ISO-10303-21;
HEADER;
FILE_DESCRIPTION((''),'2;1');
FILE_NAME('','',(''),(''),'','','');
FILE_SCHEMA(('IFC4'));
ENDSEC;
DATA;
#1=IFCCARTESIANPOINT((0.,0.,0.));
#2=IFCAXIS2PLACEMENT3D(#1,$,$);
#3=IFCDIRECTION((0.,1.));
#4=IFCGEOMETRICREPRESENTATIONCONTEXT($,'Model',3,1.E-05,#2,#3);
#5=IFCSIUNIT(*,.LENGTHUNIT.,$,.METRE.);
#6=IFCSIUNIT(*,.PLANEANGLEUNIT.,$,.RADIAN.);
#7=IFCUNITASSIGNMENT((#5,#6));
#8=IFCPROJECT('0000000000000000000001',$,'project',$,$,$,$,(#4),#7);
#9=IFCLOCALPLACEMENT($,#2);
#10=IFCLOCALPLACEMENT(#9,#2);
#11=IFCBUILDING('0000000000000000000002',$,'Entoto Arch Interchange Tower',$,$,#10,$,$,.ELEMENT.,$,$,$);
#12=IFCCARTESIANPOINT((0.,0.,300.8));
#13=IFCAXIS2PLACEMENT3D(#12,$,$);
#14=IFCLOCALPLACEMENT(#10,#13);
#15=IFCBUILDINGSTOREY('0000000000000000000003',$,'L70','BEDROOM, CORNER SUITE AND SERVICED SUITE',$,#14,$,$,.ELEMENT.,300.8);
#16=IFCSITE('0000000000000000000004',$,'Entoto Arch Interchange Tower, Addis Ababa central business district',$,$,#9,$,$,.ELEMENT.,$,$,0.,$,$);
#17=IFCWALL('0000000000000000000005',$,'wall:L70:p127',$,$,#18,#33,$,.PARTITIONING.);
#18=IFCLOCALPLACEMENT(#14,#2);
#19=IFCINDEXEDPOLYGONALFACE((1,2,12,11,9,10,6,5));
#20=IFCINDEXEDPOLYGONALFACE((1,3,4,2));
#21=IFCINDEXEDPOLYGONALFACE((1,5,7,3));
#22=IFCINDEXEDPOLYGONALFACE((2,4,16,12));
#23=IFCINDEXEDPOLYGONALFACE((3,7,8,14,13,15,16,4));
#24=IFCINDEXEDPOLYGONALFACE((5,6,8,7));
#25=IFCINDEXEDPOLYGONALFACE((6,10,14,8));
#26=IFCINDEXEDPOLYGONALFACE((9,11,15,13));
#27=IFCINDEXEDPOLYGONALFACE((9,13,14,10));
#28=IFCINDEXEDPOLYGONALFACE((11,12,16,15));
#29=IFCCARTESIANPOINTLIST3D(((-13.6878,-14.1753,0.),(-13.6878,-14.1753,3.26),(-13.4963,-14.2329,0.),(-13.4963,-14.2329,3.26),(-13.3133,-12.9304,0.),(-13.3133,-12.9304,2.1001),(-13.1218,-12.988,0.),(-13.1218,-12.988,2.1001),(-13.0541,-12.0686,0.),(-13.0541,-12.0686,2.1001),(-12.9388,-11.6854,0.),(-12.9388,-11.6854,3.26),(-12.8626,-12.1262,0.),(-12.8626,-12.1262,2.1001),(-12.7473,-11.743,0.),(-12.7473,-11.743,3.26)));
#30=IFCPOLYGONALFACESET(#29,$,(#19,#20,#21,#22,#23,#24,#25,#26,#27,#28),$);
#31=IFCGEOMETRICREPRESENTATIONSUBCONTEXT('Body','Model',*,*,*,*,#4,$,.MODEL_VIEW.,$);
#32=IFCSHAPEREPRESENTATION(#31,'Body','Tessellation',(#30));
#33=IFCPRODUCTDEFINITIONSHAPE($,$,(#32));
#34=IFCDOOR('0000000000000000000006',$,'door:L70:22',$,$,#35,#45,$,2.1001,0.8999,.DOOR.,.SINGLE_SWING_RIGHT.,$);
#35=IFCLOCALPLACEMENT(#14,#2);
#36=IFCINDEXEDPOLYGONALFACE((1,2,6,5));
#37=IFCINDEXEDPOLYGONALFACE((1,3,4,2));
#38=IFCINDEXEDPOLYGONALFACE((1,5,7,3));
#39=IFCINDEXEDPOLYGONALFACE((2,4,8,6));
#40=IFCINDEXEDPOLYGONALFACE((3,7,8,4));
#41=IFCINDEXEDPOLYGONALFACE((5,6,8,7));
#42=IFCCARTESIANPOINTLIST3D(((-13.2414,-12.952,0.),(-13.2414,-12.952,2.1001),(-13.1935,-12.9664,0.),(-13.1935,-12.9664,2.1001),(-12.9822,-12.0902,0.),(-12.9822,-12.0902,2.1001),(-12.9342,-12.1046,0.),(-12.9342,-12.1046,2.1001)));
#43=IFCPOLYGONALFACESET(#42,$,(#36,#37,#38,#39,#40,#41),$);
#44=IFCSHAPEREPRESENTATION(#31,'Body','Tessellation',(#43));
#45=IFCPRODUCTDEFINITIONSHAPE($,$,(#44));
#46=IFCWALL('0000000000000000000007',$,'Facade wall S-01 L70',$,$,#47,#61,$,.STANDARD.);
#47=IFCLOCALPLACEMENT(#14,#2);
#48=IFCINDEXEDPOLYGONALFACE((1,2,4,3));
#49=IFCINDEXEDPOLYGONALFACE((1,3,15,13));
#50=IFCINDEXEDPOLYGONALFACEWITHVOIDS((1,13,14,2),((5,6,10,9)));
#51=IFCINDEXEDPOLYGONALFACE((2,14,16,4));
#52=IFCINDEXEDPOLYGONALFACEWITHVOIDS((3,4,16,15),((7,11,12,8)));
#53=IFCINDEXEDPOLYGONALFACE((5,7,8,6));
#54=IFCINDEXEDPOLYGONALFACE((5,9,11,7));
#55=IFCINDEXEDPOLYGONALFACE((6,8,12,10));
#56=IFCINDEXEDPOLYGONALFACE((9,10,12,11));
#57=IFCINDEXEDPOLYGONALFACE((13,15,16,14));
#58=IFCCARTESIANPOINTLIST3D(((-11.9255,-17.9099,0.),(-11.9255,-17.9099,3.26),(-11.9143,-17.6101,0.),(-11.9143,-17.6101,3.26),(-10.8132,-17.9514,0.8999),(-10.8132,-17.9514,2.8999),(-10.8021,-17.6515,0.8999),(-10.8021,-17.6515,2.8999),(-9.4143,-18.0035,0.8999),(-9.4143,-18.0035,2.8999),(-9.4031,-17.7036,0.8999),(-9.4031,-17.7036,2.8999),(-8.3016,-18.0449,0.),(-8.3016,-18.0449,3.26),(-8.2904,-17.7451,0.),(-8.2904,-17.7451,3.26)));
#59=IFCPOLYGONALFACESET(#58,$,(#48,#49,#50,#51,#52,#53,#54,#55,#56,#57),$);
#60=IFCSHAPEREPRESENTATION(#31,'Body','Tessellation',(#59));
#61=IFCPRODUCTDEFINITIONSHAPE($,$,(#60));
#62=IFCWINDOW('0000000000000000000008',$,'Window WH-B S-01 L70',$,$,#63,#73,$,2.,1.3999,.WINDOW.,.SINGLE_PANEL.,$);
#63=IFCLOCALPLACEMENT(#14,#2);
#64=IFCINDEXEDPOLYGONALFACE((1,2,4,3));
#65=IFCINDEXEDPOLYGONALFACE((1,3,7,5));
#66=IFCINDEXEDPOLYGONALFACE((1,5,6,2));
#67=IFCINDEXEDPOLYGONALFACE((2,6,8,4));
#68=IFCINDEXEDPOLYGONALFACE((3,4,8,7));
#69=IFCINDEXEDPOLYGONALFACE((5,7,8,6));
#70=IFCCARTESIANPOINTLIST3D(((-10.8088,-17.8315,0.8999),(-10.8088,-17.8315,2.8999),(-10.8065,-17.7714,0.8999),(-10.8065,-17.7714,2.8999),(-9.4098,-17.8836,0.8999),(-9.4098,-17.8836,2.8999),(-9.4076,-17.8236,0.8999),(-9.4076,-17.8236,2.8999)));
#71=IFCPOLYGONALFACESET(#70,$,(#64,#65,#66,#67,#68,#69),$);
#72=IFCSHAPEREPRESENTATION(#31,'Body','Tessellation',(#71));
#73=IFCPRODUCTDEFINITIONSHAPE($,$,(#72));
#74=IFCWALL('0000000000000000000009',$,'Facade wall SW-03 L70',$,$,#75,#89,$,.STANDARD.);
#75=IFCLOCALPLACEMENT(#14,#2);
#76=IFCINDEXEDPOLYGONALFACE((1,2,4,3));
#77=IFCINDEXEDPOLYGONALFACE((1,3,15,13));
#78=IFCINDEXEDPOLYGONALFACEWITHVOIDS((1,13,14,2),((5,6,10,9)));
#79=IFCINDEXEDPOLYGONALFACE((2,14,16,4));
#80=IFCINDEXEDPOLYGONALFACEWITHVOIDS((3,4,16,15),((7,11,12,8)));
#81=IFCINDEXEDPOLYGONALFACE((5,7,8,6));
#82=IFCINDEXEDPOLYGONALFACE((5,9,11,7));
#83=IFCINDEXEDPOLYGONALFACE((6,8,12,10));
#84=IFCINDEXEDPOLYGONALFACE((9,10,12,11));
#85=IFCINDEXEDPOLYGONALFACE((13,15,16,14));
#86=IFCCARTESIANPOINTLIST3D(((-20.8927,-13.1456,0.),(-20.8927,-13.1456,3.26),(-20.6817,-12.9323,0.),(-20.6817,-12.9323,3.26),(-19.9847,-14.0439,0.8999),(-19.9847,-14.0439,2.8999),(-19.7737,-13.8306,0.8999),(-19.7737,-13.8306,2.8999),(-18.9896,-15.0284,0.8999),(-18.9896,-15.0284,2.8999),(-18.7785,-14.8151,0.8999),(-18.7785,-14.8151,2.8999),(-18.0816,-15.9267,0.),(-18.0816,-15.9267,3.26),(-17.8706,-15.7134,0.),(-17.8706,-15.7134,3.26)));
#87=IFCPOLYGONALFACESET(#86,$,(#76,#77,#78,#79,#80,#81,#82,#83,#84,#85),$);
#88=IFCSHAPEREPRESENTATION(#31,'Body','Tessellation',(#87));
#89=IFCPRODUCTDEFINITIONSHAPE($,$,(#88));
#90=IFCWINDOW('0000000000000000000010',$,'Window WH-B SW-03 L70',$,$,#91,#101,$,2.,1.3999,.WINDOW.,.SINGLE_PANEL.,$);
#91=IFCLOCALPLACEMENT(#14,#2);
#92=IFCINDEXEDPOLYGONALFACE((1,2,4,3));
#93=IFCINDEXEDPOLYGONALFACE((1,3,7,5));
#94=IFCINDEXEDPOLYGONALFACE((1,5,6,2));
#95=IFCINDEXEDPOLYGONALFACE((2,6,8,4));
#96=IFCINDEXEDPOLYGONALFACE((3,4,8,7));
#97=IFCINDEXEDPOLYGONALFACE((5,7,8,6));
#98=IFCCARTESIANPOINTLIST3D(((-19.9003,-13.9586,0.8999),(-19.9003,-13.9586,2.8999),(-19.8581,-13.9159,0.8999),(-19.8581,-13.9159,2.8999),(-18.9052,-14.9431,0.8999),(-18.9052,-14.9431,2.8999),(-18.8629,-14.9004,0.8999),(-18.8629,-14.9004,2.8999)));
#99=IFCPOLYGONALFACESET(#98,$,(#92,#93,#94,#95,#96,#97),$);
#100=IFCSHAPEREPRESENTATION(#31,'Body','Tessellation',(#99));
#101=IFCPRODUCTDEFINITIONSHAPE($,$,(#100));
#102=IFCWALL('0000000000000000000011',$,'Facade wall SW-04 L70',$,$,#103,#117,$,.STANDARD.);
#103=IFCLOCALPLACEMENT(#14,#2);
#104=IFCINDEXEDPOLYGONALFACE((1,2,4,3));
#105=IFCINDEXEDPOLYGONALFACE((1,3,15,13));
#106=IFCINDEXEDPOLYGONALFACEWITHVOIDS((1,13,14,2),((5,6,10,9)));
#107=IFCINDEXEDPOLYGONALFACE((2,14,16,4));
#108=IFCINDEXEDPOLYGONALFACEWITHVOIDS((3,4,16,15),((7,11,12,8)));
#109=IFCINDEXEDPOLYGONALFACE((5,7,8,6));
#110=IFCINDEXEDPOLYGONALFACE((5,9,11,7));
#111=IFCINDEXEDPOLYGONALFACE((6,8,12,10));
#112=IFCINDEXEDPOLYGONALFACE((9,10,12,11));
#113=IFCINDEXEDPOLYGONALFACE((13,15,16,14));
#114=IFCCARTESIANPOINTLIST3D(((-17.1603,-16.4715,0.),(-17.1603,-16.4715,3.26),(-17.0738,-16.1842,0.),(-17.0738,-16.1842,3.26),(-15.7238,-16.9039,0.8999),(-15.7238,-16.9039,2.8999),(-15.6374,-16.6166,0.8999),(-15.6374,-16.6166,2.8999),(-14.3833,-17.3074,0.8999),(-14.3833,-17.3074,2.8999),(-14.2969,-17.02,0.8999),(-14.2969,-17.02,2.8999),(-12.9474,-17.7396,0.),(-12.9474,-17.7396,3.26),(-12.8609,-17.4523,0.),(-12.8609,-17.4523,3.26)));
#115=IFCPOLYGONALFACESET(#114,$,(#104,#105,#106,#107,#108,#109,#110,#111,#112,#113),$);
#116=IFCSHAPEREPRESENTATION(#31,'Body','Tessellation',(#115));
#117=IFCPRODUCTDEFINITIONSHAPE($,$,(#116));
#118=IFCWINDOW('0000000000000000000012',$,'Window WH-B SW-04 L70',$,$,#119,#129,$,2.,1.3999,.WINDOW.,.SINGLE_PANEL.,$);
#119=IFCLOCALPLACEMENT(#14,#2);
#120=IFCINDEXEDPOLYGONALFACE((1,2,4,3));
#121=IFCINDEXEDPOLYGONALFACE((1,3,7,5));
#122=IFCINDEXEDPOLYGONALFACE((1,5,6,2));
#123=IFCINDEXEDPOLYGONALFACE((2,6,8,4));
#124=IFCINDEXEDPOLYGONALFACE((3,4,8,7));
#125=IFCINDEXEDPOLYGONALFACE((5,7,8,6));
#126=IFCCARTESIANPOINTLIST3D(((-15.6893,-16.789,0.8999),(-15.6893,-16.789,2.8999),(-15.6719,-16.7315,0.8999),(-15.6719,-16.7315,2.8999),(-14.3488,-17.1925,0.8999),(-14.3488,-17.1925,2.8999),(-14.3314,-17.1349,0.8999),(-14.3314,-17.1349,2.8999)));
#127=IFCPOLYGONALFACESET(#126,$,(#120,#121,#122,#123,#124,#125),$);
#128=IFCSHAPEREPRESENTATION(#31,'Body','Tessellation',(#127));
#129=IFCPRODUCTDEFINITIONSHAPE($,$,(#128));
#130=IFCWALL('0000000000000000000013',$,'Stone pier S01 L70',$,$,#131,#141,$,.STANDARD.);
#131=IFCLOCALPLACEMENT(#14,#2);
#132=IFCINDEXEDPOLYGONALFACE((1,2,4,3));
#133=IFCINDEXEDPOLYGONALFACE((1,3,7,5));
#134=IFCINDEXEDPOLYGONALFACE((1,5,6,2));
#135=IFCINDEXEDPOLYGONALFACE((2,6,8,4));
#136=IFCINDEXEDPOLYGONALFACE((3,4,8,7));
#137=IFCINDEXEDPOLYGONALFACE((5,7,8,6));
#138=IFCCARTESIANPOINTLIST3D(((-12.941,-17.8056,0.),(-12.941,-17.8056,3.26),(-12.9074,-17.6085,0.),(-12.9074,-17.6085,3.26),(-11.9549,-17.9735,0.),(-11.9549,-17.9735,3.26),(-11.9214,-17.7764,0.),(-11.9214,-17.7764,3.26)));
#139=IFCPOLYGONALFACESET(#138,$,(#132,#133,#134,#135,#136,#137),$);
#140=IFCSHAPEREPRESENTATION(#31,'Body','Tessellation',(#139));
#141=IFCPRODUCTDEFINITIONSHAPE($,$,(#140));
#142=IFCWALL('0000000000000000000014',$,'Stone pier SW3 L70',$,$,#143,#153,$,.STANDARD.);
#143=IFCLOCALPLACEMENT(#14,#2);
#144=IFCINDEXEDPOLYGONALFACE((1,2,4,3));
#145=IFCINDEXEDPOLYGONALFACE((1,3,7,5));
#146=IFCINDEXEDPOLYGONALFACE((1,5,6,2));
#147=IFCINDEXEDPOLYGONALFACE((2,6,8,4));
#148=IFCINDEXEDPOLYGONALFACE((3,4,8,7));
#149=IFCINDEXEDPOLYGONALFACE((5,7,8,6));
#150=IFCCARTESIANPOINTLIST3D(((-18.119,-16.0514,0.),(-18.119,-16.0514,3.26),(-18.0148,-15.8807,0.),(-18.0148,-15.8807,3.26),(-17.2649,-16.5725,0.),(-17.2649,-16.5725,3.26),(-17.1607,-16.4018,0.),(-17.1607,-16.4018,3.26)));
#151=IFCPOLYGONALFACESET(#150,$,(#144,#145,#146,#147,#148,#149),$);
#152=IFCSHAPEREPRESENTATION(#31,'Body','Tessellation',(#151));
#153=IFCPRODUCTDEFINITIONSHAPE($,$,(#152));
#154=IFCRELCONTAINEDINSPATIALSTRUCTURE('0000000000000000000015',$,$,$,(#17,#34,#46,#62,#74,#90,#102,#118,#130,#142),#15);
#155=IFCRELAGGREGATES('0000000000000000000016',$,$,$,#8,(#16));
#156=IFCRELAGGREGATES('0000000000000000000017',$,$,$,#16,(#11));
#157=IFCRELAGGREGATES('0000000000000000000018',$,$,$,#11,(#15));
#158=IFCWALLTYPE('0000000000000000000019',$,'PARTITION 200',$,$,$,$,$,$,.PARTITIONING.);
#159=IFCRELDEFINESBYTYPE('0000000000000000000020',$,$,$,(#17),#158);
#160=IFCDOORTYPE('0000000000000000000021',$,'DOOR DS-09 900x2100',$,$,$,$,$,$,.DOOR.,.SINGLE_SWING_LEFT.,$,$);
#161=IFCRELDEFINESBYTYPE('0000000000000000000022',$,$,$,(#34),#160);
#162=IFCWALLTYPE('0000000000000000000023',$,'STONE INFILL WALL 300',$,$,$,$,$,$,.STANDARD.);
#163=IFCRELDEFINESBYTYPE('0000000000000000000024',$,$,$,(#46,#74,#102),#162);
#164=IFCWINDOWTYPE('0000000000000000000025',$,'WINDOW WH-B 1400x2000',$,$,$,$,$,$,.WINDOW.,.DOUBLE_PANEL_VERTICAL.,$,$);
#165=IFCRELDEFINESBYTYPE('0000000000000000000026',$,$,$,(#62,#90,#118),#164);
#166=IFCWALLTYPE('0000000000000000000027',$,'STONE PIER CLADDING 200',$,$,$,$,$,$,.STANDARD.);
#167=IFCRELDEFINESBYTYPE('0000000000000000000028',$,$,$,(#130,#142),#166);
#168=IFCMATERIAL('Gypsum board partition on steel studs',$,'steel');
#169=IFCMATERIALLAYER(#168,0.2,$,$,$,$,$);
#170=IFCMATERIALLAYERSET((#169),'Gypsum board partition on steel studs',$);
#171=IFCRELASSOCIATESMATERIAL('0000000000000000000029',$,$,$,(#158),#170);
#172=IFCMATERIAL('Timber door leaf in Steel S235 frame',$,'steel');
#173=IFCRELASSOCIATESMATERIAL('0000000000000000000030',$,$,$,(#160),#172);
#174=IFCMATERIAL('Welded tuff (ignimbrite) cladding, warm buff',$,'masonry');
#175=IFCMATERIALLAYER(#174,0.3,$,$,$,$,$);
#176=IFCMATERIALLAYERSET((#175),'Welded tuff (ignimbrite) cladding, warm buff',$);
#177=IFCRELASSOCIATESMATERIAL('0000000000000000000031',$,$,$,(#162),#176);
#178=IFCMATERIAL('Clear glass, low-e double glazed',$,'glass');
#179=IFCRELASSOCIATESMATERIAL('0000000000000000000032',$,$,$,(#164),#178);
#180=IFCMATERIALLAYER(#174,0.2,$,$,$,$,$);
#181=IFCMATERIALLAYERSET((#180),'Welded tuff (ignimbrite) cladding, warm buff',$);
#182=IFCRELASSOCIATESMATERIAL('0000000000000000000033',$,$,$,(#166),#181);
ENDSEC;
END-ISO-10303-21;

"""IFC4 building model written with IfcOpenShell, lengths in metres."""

from ifc_helpers import new_model, si_unit, direction, frame, frame_2d, origin, place, context, subcontext, project, spatial, rectangle, extrude, material, layer, layer_set, type_object, element, fill, save


model = new_model("IFC4")

# Units and contexts
model_context = context("Model", 3, precision=1e-05, world=origin(), true_north=direction((0.0, 1.0)))
body_context = subcontext(model_context, "Body", "Model", "MODEL_VIEW")
ifc_project = project(units=[si_unit("LENGTHUNIT", "METRE"), si_unit("PLANEANGLEUNIT", "RADIAN")], contexts=[model_context])

# Site, building, storey
site_placement = place(None, origin())
site = spatial("IfcSite", under=ifc_project, at=site_placement, Name="Entoto Arch Interchange Tower, Addis Ababa central business district", CompositionType="ELEMENT", RefElevation=0.0)
building_placement = place(site_placement, origin())
building = spatial("IfcBuilding", under=site, at=building_placement, Name="Entoto Arch Interchange Tower", CompositionType="ELEMENT")
storey_placement = place(building_placement, frame((0.0, 0.0, 300.8)))
storey = spatial("IfcBuildingStorey", under=building, at=storey_placement, Name="L70", Description="BEDROOM, CORNER SUITE AND SERVICED SUITE", CompositionType="ELEMENT", Elevation=300.8)

# Shared definitions
ifc_material_1 = material(Name="Gypsum board partition on steel studs", Category="steel")

# Shared definitions
ifc_layer_1 = layer(ifc_material_1, 0.2)
ifc_layer_set_1 = layer_set([ifc_layer_1], Name="Gypsum board partition on steel studs")
wall_type_1 = type_object("IfcWallType", Name="PARTITION 200", PredefinedType="PARTITIONING", material=ifc_layer_set_1)
ifc_material_2 = material(Name="Timber door leaf in Steel S235 frame", Category="steel")

# Wall, opening, door
wall_1_placement = place(storey_placement, frame((-13.592, -14.2041, 0.0), z_axis=(0.0, 0.0, 1.0), x_axis=(0.288063, 0.957612, 0.0)))
wall_1 = element("IfcWall", 1, at=wall_1_placement, inside=storey, type_object=wall_type_1, Name="wall:L70:p127", PredefinedType="PARTITIONING", context=body_context, shape_type="SweptSolid", body=[
    extrude(rectangle(XDim=2.6001, YDim=0.2, at=frame_2d((1.3, 0.0))), origin(), (0.0, 0.0, 1.0), 3.26),
])
opening_1_placement = place(wall_1_placement, frame((1.3, 0.0, 0.0)))
opening_1 = element("IfcOpeningElement", 2, at=opening_1_placement, cuts=wall_1, PredefinedType="OPENING", context=body_context, shape_type="SweptSolid", body=[
    extrude(rectangle(XDim=0.8999, YDim=2.1001, at=frame_2d((0.45, 1.05))), frame((0.0, 0.1099, 0.0), z_axis=(0.0, -1.0, 0.0), x_axis=(1.0, 0.0, 0.0)), (0.0, 0.0, 1.0), 0.22),
])
door_type_1 = type_object("IfcDoorType", Name="DOOR DS-09 900x2100", OperationType="SINGLE_SWING_LEFT", PredefinedType="DOOR", material=ifc_material_2)
door_1_placement = place(opening_1_placement, origin())
door_1 = element("IfcDoor", 3, at=door_1_placement, inside=storey, type_object=door_type_1, Name="door:L70:22", OperationType="SINGLE_SWING_RIGHT", OverallHeight=2.1001, OverallWidth=0.8999, PredefinedType="DOOR", context=body_context, shape_type="SweptSolid", body=[
    extrude(rectangle(XDim=0.8999, YDim=2.1001, at=frame_2d((0.45, 1.05))), frame((0.0, 0.0249, 0.0), z_axis=(0.0, -1.0, 0.0), x_axis=(1.0, 0.0, 0.0)), (0.0, 0.0, 1.0), 0.05),
])
fill(opening_1, door_1)

# Walls, openings, windows
ifc_material_3 = material(Name="Welded tuff (ignimbrite) cladding, warm buff", Category="masonry")
ifc_layer_2 = layer(ifc_material_3, 0.3)
ifc_layer_set_2 = layer_set([ifc_layer_2], Name="Welded tuff (ignimbrite) cladding, warm buff")
wall_type_2 = type_object("IfcWallType", Name="STONE INFILL WALL 300", PredefinedType="STANDARD", material=ifc_layer_set_2)
wall_2_placement = place(storey_placement, frame((-11.9199, -17.76, 0.0), z_axis=(0.0, 0.0, 1.0), x_axis=(0.999307, -0.037228, 0.0)))
wall_2 = element("IfcWall", 4, at=wall_2_placement, inside=storey, type_object=wall_type_2, Name="Facade wall S-01 L70", PredefinedType="STANDARD", context=body_context, shape_type="SweptSolid", body=[
    extrude(rectangle(XDim=3.6265, YDim=0.3, at=frame_2d((1.8132, 0.0))), origin(), (0.0, 0.0, 1.0), 3.26),
])
opening_2_placement = place(wall_2_placement, frame((1.113, 0.0, 0.8999)))
opening_2 = element("IfcOpeningElement", 5, at=opening_2_placement, cuts=wall_2, PredefinedType="OPENING", context=body_context, shape_type="SweptSolid", body=[
    extrude(rectangle(XDim=1.3999, YDim=2.0, at=frame_2d((0.7, 1.0))), frame((0.0, 0.1602, 0.0), z_axis=(0.0, -1.0, 0.0), x_axis=(1.0, 0.0, 0.0)), (0.0, 0.0, 1.0), 0.3201),
])
ifc_material_4 = material(Name="Clear glass, low-e double glazed", Category="glass")
window_type = type_object("IfcWindowType", Name="WINDOW WH-B 1400x2000", PartitioningType="DOUBLE_PANEL_VERTICAL", PredefinedType="WINDOW", material=ifc_material_4)
window_1_placement = place(opening_2_placement, origin())
window_1 = element("IfcWindow", 6, at=window_1_placement, inside=storey, type_object=window_type, Name="Window WH-B S-01 L70", OverallHeight=2.0, OverallWidth=1.3999, PartitioningType="SINGLE_PANEL", PredefinedType="WINDOW", context=body_context, shape_type="SweptSolid", body=[
    extrude(rectangle(XDim=1.3999, YDim=2.0, at=frame_2d((0.7, 1.0))), frame((0.0, 0.03, 0.0), z_axis=(0.0, -1.0, 0.0), x_axis=(1.0, 0.0, 0.0)), (0.0, 0.0, 1.0), 0.0601),
])
fill(opening_2, window_1)
wall_3_placement = place(storey_placement, frame((-20.7871, -13.0391, 0.0), z_axis=(0.0, 0.0, 1.0), x_axis=(0.710894, -0.703299, 0.0)))
wall_3 = element("IfcWall", 7, at=wall_3_placement, inside=storey, type_object=wall_type_2, Name="Facade wall SW-03 L70", PredefinedType="STANDARD", context=body_context, shape_type="SweptSolid", body=[
    extrude(rectangle(XDim=3.9543, YDim=0.3, at=frame_2d((1.9771, 0.0))), origin(), (0.0, 0.0, 1.0), 3.26),
])
opening_3_placement = place(wall_3_placement, frame((1.2771, 0.0, 0.8999)))
opening_3 = element("IfcOpeningElement", 8, at=opening_3_placement, cuts=wall_3, PredefinedType="OPENING", context=body_context, shape_type="SweptSolid", body=[
    extrude(rectangle(XDim=1.3999, YDim=2.0, at=frame_2d((0.7, 1.0))), frame((0.0, 0.1602, 0.0), z_axis=(0.0, -1.0, 0.0), x_axis=(1.0, 0.0, 0.0)), (0.0, 0.0, 1.0), 0.3201),
])
window_2_placement = place(opening_3_placement, origin())
window_2 = element("IfcWindow", 9, at=window_2_placement, inside=storey, type_object=window_type, Name="Window WH-B SW-03 L70", OverallHeight=2.0, OverallWidth=1.3999, PartitioningType="SINGLE_PANEL", PredefinedType="WINDOW", context=body_context, shape_type="SweptSolid", body=[
    extrude(rectangle(XDim=1.3999, YDim=2.0, at=frame_2d((0.7, 1.0))), frame((0.0, 0.03, 0.0), z_axis=(0.0, -1.0, 0.0), x_axis=(1.0, 0.0, 0.0)), (0.0, 0.0, 1.0), 0.0601),
])
fill(opening_3, window_2)
wall_4_placement = place(storey_placement, frame((-17.1169, -16.3279, 0.0), z_axis=(0.0, 0.0, 1.0), x_axis=(0.957563, -0.288223, 0.0)))
wall_4 = element("IfcWall", 10, at=wall_4_placement, inside=storey, type_object=wall_type_2, Name="Facade wall SW-04 L70", PredefinedType="STANDARD", context=body_context, shape_type="SweptSolid", body=[
    extrude(rectangle(XDim=4.3997, YDim=0.3, at=frame_2d((2.1997, 0.0))), origin(), (0.0, 0.0, 1.0), 3.26),
])
opening_4_placement = place(wall_4_placement, frame((1.5, 0.0, 0.8999)))
opening_4 = element("IfcOpeningElement", 11, at=opening_4_placement, cuts=wall_4, PredefinedType="OPENING", context=body_context, shape_type="SweptSolid", body=[
    extrude(rectangle(XDim=1.3999, YDim=2.0, at=frame_2d((0.7, 1.0))), frame((0.0, 0.1602, 0.0), z_axis=(0.0, -1.0, 0.0), x_axis=(1.0, 0.0, 0.0)), (0.0, 0.0, 1.0), 0.3201),
])
window_3_placement = place(opening_4_placement, origin())
window_3 = element("IfcWindow", 12, at=window_3_placement, inside=storey, type_object=window_type, Name="Window WH-B SW-04 L70", OverallHeight=2.0, OverallWidth=1.3999, PartitioningType="SINGLE_PANEL", PredefinedType="WINDOW", context=body_context, shape_type="SweptSolid", body=[
    extrude(rectangle(XDim=1.3999, YDim=2.0, at=frame_2d((0.7, 1.0))), frame((0.0, 0.03, 0.0), z_axis=(0.0, -1.0, 0.0), x_axis=(1.0, 0.0, 0.0)), (0.0, 0.0, 1.0), 0.0601),
])
fill(opening_4, window_3)

# Walls
ifc_layer_3 = layer(ifc_material_3, 0.2)
ifc_layer_set_3 = layer_set([ifc_layer_3], Name="Welded tuff (ignimbrite) cladding, warm buff")
wall_type_3 = type_object("IfcWallType", Name="STONE PIER CLADDING 200", PredefinedType="STANDARD", material=ifc_layer_set_3)
wall_5_placement = place(storey_placement, frame((-12.9241, -17.707, 0.0), z_axis=(0.0, 0.0, 1.0), x_axis=(0.985801, -0.16792, 0.0)))
element("IfcWall", 13, at=wall_5_placement, inside=storey, type_object=wall_type_3, Name="Stone pier S01 L70", PredefinedType="STANDARD", context=body_context, shape_type="SweptSolid", body=[
    extrude(rectangle(XDim=1.0002, YDim=0.2, at=frame_2d((0.5, 0.0))), origin(), (0.0, 0.0, 1.0), 3.26),
])
wall_6_placement = place(storey_placement, frame((-18.0669, -15.9661, 0.0), z_axis=(0.0, 0.0, 1.0), x_axis=(0.85368, -0.520798, 0.0)))
element("IfcWall", 14, at=wall_6_placement, inside=storey, type_object=wall_type_3, Name="Stone pier SW3 L70", PredefinedType="STANDARD", context=body_context, shape_type="SweptSolid", body=[
    extrude(rectangle(XDim=1.0005, YDim=0.2, at=frame_2d((0.5002, 0.0))), origin(), (0.0, 0.0, 1.0), 3.26),
])

save(model, "model.ifc")
